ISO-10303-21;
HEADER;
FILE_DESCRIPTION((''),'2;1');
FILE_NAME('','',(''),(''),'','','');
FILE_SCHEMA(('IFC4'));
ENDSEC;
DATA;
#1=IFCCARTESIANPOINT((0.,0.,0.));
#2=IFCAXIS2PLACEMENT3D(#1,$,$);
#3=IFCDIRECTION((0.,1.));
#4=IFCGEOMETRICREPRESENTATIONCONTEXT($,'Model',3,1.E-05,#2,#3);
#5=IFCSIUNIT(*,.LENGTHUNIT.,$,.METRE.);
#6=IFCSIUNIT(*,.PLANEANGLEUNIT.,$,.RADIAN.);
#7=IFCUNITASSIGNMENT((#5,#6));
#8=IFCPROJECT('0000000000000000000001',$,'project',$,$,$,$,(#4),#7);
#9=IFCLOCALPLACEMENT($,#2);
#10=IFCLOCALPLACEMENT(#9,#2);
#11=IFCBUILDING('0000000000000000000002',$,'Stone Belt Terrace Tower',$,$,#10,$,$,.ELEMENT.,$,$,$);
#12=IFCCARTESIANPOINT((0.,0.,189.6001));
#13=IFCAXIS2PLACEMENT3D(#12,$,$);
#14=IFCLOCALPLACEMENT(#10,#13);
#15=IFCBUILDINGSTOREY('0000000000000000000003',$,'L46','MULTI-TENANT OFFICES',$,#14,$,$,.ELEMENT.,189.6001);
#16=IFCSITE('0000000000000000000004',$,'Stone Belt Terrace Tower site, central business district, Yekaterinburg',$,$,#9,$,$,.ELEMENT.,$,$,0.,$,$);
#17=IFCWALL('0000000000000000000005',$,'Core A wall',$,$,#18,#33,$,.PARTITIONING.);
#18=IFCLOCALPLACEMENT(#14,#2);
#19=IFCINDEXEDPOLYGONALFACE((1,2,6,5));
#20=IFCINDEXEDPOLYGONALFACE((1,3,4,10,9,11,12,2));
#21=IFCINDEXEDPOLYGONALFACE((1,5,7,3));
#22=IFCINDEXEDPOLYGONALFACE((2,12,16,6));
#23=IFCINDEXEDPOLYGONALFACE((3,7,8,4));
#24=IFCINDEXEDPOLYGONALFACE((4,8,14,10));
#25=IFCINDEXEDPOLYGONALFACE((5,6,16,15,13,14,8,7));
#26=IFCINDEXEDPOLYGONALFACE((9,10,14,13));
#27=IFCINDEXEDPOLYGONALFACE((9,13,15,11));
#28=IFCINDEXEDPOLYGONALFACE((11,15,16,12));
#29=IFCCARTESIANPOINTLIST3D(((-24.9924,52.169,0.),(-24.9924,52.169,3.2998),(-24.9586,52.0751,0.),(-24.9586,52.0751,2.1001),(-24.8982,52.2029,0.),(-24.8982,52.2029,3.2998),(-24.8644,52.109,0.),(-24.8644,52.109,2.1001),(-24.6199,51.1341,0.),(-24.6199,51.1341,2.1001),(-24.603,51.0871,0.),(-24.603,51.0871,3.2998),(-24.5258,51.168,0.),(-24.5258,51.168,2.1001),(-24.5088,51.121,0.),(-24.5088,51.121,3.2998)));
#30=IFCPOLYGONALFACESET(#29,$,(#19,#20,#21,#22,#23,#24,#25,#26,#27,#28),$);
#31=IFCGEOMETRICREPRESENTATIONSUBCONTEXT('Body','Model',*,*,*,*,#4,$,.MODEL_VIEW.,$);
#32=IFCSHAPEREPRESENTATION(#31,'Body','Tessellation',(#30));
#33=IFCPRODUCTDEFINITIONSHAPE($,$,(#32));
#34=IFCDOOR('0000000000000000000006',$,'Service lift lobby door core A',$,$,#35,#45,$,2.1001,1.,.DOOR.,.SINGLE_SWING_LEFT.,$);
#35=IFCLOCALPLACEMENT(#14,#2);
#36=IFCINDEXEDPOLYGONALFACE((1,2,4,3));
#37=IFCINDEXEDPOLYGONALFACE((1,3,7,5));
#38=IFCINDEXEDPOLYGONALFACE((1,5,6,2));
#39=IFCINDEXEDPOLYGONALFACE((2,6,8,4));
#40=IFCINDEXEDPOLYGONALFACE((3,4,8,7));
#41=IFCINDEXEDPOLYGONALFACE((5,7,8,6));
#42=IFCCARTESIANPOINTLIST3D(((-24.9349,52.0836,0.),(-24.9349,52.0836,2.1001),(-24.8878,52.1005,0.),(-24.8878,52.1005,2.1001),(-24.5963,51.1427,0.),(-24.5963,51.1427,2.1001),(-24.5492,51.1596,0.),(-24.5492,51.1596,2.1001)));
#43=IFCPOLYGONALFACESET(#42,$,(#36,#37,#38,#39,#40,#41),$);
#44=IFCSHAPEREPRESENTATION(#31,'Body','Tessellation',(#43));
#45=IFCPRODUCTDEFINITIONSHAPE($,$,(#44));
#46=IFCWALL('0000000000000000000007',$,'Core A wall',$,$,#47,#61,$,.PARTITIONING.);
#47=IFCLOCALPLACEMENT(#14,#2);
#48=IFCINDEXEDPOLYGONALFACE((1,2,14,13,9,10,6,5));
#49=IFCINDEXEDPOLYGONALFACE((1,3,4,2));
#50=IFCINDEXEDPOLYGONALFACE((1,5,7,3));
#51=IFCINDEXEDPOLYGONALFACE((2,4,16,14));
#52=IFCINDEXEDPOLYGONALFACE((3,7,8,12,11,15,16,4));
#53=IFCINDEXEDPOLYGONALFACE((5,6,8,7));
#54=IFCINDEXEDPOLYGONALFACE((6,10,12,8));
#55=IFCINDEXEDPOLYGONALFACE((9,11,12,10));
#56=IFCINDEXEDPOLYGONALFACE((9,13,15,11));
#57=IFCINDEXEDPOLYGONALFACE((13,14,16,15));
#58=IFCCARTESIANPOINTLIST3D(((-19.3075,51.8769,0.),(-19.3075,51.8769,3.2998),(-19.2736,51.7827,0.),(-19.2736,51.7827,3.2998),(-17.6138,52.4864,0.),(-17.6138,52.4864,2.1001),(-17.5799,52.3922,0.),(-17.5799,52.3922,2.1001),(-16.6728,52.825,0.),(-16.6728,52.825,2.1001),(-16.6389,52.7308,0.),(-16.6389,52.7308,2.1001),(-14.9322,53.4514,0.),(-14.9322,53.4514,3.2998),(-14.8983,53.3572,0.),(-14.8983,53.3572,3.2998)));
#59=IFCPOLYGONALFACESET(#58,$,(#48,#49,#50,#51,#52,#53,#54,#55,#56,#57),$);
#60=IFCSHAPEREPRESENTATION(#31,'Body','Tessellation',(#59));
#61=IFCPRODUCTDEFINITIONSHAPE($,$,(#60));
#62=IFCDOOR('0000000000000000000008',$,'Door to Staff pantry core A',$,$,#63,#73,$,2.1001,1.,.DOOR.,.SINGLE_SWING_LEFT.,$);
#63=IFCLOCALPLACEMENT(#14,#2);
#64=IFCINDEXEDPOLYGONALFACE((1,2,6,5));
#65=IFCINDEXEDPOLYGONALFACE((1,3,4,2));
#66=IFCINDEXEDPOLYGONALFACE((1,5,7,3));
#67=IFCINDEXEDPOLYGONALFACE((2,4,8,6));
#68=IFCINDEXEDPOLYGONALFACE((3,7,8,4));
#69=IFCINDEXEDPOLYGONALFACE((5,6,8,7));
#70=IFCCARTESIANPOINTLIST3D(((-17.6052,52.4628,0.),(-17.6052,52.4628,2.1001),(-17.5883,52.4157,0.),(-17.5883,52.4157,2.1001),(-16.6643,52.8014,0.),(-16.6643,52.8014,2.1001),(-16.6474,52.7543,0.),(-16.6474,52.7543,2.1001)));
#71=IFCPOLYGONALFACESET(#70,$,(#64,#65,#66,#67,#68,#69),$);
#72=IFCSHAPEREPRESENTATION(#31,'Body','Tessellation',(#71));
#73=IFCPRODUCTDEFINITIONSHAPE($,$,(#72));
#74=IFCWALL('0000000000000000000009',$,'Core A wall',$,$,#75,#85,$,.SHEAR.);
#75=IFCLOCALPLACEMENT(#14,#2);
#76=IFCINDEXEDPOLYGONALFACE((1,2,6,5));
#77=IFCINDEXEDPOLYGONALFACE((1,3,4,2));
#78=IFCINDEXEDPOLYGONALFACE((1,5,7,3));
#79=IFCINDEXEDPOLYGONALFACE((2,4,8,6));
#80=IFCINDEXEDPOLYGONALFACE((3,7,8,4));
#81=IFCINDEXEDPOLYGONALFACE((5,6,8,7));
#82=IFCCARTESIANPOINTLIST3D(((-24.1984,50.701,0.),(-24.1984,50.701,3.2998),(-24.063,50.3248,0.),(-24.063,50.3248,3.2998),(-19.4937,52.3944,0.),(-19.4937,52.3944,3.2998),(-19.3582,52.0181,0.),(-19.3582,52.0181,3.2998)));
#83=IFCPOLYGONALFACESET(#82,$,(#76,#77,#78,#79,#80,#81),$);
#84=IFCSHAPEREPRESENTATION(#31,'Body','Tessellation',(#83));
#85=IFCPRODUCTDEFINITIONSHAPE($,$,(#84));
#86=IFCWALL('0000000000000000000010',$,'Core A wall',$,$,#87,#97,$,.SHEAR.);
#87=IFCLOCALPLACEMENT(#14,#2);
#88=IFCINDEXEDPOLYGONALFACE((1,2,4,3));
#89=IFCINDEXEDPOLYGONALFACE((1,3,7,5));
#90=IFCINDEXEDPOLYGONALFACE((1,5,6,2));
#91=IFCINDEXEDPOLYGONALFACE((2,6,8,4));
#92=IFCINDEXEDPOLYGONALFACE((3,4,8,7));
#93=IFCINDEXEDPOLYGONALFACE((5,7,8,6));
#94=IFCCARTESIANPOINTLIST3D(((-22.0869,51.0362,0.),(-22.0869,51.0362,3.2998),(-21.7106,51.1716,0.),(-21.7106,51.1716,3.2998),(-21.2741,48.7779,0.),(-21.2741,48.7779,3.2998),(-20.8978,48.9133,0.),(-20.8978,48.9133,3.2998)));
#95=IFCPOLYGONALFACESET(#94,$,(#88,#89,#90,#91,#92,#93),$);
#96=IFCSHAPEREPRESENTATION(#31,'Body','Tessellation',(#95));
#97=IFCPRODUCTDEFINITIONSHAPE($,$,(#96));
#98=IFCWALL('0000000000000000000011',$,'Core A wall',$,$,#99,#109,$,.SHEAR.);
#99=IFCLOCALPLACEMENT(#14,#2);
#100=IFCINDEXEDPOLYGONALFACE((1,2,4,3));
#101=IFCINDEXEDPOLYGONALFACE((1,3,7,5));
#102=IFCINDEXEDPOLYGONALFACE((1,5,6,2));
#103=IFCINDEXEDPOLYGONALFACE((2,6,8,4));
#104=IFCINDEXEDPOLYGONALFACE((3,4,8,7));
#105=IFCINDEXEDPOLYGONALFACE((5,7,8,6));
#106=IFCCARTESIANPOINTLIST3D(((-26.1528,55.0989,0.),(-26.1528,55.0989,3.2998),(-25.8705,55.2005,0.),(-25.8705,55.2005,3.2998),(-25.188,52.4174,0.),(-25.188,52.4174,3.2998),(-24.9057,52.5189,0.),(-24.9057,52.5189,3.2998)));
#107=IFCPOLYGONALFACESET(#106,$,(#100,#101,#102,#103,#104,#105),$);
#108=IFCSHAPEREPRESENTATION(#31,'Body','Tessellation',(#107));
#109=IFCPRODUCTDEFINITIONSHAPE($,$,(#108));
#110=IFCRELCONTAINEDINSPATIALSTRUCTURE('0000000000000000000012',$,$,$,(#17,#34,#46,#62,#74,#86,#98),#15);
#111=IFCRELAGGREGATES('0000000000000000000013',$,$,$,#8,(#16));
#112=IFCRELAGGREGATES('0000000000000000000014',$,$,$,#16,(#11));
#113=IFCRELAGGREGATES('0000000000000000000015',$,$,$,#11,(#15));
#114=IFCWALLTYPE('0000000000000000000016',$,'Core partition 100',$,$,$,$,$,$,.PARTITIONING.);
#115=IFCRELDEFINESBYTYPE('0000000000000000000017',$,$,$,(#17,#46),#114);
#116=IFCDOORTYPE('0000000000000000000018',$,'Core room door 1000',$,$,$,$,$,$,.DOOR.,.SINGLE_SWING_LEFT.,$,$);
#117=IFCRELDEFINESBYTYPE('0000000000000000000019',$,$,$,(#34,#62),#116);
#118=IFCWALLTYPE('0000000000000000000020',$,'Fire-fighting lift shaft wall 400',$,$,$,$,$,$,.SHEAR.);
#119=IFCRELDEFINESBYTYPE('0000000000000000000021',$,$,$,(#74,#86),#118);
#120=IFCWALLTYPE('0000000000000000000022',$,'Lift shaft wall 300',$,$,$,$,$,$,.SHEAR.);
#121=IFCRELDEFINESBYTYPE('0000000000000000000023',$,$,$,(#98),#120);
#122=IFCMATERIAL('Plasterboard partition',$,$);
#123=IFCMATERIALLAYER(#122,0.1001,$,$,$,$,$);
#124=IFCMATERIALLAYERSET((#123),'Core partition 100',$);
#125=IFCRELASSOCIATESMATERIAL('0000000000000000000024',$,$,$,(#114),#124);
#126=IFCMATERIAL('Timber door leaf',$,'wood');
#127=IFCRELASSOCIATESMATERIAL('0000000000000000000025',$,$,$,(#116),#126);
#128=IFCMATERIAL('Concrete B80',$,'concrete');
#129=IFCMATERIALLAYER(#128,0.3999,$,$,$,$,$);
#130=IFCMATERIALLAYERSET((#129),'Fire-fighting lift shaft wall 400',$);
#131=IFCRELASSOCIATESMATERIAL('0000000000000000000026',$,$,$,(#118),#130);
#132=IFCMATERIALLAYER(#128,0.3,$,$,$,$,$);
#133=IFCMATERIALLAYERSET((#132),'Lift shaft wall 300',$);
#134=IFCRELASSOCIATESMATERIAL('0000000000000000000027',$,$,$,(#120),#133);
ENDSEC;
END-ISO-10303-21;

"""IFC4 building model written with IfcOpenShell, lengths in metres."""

from ifc_helpers import new_model, si_unit, direction, frame, frame_2d, origin, place, context, subcontext, project, spatial, rectangle, extrude, material, layer, layer_set, type_object, element, fill, save


model = new_model("IFC4")

# Units and contexts
model_context = context("Model", 3, precision=1e-05, world=origin(), true_north=direction((0.0, 1.0)))
body_context = subcontext(model_context, "Body", "Model", "MODEL_VIEW")
ifc_project = project(units=[si_unit("LENGTHUNIT", "METRE"), si_unit("PLANEANGLEUNIT", "RADIAN")], contexts=[model_context])

# Site, building, storey
site_placement = place(None, origin())
site = spatial("IfcSite", under=ifc_project, at=site_placement, Name="Stone Belt Terrace Tower site, central business district, Yekaterinburg", CompositionType="ELEMENT", RefElevation=0.0)
building_placement = place(site_placement, origin())
building = spatial("IfcBuilding", under=site, at=building_placement, Name="Stone Belt Terrace Tower", CompositionType="ELEMENT")
storey_placement = place(building_placement, frame((0.0, 0.0, 189.6001)))
storey = spatial("IfcBuildingStorey", under=building, at=storey_placement, Name="L46", Description="MULTI-TENANT OFFICES", CompositionType="ELEMENT", Elevation=189.6001)

# Walls, openings, doors
ifc_material_1 = material(Name="Plasterboard partition")
ifc_layer_1 = layer(ifc_material_1, 0.1001)
ifc_layer_set_1 = layer_set([ifc_layer_1], Name="Core partition 100")
wall_type_1 = type_object("IfcWallType", Name="Core partition 100", PredefinedType="PARTITIONING", material=ifc_layer_set_1)
wall_1_placement = place(storey_placement, frame((-24.5559, 51.104, 0.0), z_axis=(0.0, 0.0, 1.0), x_axis=(-0.338622, 0.940923, 0.0)))
wall_1 = element("IfcWall", 1, at=wall_1_placement, inside=storey, type_object=wall_type_1, Name="Core A wall", PredefinedType="PARTITIONING", context=body_context, shape_type="SweptSolid", body=[
    extrude(rectangle(XDim=1.1499, YDim=0.1001, at=frame_2d((0.575, 0.0))), origin(), (0.0, 0.0, 1.0), 3.2998),
])
opening_1_placement = place(wall_1_placement, frame((0.05, 0.0, 0.0)))
opening_1 = element("IfcOpeningElement", 2, at=opening_1_placement, cuts=wall_1, PredefinedType="OPENING", context=body_context, shape_type="SweptSolid", body=[
    extrude(rectangle(XDim=1.0, YDim=2.1001, at=frame_2d((0.5, 1.05))), frame((0.0, 0.0601, 0.0), z_axis=(0.0, -1.0, 0.0), x_axis=(1.0, 0.0, 0.0)), (0.0, 0.0, 1.0), 0.1201),
])
ifc_material_2 = material(Name="Timber door leaf", Category="wood")
door_type_1 = type_object("IfcDoorType", Name="Core room door 1000", OperationType="SINGLE_SWING_LEFT", PredefinedType="DOOR", material=ifc_material_2)
door_1_placement = place(opening_1_placement, origin())
door_1 = element("IfcDoor", 3, at=door_1_placement, inside=storey, type_object=door_type_1, Name="Service lift lobby door core A", OperationType="SINGLE_SWING_LEFT", OverallHeight=2.1001, OverallWidth=1.0, PredefinedType="DOOR", context=body_context, shape_type="SweptSolid", body=[
    extrude(rectangle(XDim=1.0, YDim=2.1001, at=frame_2d((0.5, 1.05))), frame((0.0, 0.0249, 0.0), z_axis=(0.0, -1.0, 0.0), x_axis=(1.0, 0.0, 0.0)), (0.0, 0.0, 1.0), 0.05),
])
fill(opening_1, door_1)
wall_2_placement = place(storey_placement, frame((-19.2905, 51.8298, 0.0), z_axis=(0.0, 0.0, 1.0), x_axis=(0.94093, 0.3386, 0.0)))
wall_2 = element("IfcWall", 4, at=wall_2_placement, inside=storey, type_object=wall_type_1, Name="Core A wall", PredefinedType="PARTITIONING", context=body_context, shape_type="SweptSolid", body=[
    extrude(rectangle(XDim=4.6499, YDim=0.1001, at=frame_2d((2.325, 0.0))), origin(), (0.0, 0.0, 1.0), 3.2998),
])
opening_2_placement = place(wall_2_placement, frame((1.8, 0.0, 0.0)))
opening_2 = element("IfcOpeningElement", 5, at=opening_2_placement, cuts=wall_2, PredefinedType="OPENING", context=body_context, shape_type="SweptSolid", body=[
    extrude(rectangle(XDim=1.0, YDim=2.1001, at=frame_2d((0.5, 1.05))), frame((0.0, 0.0601, 0.0), z_axis=(0.0, -1.0, 0.0), x_axis=(1.0, 0.0, 0.0)), (0.0, 0.0, 1.0), 0.1201),
])
door_2_placement = place(opening_2_placement, origin())
door_2 = element("IfcDoor", 6, at=door_2_placement, inside=storey, type_object=door_type_1, Name="Door to Staff pantry core A", OperationType="SINGLE_SWING_LEFT", OverallHeight=2.1001, OverallWidth=1.0, PredefinedType="DOOR", context=body_context, shape_type="SweptSolid", body=[
    extrude(rectangle(XDim=1.0, YDim=2.1001, at=frame_2d((0.5, 1.05))), frame((0.0, 0.0249, 0.0), z_axis=(0.0, -1.0, 0.0), x_axis=(1.0, 0.0, 0.0)), (0.0, 0.0, 1.0), 0.05),
])
fill(opening_2, door_2)

# Walls
ifc_material_3 = material(Name="Concrete B80", Category="concrete")
ifc_layer_2 = layer(ifc_material_3, 0.3999)
ifc_layer_set_2 = layer_set([ifc_layer_2], Name="Fire-fighting lift shaft wall 400")
wall_type_2 = type_object("IfcWallType", Name="Fire-fighting lift shaft wall 400", PredefinedType="SHEAR", material=ifc_layer_set_2)
wall_3_placement = place(storey_placement, frame((-24.1306, 50.5129, 0.0), z_axis=(0.0, 0.0, 1.0), x_axis=(0.940912, 0.338652, 0.0)))
element("IfcWall", 7, at=wall_3_placement, inside=storey, type_object=wall_type_2, Name="Core A wall", PredefinedType="SHEAR", context=body_context, shape_type="SweptSolid", body=[
    extrude(rectangle(XDim=5.0002, YDim=0.3999, at=frame_2d((2.5, 0.0))), origin(), (0.0, 0.0, 1.0), 3.2998),
])
wall_4_placement = place(storey_placement, frame((-21.0859, 48.8455, 0.0), z_axis=(0.0, 0.0, 1.0), x_axis=(-0.338629, 0.94092, 0.0)))
element("IfcWall", 8, at=wall_4_placement, inside=storey, type_object=wall_type_2, Name="Core A wall", PredefinedType="SHEAR", context=body_context, shape_type="SweptSolid", body=[
    extrude(rectangle(XDim=2.4001, YDim=0.3999, at=frame_2d((1.2002, 0.0))), origin(), (0.0, 0.0, 1.0), 3.2998),
])
ifc_layer_3 = layer(ifc_material_3, 0.3)
ifc_layer_set_3 = layer_set([ifc_layer_3], Name="Lift shaft wall 300")
wall_type_3 = type_object("IfcWallType", Name="Lift shaft wall 300", PredefinedType="SHEAR", material=ifc_layer_set_3)
wall_5_placement = place(storey_placement, frame((-25.0469, 52.4683, 0.0), z_axis=(0.0, 0.0, 1.0), x_axis=(-0.33855, 0.940949, 0.0)))
element("IfcWall", 9, at=wall_5_placement, inside=storey, type_object=wall_type_3, Name="Core A wall", PredefinedType="SHEAR", context=body_context, shape_type="SweptSolid", body=[
    extrude(rectangle(XDim=2.8499, YDim=0.3, at=frame_2d((1.4248, 0.0))), origin(), (0.0, 0.0, 1.0), 3.2998),
])

save(model, "model.ifc")
